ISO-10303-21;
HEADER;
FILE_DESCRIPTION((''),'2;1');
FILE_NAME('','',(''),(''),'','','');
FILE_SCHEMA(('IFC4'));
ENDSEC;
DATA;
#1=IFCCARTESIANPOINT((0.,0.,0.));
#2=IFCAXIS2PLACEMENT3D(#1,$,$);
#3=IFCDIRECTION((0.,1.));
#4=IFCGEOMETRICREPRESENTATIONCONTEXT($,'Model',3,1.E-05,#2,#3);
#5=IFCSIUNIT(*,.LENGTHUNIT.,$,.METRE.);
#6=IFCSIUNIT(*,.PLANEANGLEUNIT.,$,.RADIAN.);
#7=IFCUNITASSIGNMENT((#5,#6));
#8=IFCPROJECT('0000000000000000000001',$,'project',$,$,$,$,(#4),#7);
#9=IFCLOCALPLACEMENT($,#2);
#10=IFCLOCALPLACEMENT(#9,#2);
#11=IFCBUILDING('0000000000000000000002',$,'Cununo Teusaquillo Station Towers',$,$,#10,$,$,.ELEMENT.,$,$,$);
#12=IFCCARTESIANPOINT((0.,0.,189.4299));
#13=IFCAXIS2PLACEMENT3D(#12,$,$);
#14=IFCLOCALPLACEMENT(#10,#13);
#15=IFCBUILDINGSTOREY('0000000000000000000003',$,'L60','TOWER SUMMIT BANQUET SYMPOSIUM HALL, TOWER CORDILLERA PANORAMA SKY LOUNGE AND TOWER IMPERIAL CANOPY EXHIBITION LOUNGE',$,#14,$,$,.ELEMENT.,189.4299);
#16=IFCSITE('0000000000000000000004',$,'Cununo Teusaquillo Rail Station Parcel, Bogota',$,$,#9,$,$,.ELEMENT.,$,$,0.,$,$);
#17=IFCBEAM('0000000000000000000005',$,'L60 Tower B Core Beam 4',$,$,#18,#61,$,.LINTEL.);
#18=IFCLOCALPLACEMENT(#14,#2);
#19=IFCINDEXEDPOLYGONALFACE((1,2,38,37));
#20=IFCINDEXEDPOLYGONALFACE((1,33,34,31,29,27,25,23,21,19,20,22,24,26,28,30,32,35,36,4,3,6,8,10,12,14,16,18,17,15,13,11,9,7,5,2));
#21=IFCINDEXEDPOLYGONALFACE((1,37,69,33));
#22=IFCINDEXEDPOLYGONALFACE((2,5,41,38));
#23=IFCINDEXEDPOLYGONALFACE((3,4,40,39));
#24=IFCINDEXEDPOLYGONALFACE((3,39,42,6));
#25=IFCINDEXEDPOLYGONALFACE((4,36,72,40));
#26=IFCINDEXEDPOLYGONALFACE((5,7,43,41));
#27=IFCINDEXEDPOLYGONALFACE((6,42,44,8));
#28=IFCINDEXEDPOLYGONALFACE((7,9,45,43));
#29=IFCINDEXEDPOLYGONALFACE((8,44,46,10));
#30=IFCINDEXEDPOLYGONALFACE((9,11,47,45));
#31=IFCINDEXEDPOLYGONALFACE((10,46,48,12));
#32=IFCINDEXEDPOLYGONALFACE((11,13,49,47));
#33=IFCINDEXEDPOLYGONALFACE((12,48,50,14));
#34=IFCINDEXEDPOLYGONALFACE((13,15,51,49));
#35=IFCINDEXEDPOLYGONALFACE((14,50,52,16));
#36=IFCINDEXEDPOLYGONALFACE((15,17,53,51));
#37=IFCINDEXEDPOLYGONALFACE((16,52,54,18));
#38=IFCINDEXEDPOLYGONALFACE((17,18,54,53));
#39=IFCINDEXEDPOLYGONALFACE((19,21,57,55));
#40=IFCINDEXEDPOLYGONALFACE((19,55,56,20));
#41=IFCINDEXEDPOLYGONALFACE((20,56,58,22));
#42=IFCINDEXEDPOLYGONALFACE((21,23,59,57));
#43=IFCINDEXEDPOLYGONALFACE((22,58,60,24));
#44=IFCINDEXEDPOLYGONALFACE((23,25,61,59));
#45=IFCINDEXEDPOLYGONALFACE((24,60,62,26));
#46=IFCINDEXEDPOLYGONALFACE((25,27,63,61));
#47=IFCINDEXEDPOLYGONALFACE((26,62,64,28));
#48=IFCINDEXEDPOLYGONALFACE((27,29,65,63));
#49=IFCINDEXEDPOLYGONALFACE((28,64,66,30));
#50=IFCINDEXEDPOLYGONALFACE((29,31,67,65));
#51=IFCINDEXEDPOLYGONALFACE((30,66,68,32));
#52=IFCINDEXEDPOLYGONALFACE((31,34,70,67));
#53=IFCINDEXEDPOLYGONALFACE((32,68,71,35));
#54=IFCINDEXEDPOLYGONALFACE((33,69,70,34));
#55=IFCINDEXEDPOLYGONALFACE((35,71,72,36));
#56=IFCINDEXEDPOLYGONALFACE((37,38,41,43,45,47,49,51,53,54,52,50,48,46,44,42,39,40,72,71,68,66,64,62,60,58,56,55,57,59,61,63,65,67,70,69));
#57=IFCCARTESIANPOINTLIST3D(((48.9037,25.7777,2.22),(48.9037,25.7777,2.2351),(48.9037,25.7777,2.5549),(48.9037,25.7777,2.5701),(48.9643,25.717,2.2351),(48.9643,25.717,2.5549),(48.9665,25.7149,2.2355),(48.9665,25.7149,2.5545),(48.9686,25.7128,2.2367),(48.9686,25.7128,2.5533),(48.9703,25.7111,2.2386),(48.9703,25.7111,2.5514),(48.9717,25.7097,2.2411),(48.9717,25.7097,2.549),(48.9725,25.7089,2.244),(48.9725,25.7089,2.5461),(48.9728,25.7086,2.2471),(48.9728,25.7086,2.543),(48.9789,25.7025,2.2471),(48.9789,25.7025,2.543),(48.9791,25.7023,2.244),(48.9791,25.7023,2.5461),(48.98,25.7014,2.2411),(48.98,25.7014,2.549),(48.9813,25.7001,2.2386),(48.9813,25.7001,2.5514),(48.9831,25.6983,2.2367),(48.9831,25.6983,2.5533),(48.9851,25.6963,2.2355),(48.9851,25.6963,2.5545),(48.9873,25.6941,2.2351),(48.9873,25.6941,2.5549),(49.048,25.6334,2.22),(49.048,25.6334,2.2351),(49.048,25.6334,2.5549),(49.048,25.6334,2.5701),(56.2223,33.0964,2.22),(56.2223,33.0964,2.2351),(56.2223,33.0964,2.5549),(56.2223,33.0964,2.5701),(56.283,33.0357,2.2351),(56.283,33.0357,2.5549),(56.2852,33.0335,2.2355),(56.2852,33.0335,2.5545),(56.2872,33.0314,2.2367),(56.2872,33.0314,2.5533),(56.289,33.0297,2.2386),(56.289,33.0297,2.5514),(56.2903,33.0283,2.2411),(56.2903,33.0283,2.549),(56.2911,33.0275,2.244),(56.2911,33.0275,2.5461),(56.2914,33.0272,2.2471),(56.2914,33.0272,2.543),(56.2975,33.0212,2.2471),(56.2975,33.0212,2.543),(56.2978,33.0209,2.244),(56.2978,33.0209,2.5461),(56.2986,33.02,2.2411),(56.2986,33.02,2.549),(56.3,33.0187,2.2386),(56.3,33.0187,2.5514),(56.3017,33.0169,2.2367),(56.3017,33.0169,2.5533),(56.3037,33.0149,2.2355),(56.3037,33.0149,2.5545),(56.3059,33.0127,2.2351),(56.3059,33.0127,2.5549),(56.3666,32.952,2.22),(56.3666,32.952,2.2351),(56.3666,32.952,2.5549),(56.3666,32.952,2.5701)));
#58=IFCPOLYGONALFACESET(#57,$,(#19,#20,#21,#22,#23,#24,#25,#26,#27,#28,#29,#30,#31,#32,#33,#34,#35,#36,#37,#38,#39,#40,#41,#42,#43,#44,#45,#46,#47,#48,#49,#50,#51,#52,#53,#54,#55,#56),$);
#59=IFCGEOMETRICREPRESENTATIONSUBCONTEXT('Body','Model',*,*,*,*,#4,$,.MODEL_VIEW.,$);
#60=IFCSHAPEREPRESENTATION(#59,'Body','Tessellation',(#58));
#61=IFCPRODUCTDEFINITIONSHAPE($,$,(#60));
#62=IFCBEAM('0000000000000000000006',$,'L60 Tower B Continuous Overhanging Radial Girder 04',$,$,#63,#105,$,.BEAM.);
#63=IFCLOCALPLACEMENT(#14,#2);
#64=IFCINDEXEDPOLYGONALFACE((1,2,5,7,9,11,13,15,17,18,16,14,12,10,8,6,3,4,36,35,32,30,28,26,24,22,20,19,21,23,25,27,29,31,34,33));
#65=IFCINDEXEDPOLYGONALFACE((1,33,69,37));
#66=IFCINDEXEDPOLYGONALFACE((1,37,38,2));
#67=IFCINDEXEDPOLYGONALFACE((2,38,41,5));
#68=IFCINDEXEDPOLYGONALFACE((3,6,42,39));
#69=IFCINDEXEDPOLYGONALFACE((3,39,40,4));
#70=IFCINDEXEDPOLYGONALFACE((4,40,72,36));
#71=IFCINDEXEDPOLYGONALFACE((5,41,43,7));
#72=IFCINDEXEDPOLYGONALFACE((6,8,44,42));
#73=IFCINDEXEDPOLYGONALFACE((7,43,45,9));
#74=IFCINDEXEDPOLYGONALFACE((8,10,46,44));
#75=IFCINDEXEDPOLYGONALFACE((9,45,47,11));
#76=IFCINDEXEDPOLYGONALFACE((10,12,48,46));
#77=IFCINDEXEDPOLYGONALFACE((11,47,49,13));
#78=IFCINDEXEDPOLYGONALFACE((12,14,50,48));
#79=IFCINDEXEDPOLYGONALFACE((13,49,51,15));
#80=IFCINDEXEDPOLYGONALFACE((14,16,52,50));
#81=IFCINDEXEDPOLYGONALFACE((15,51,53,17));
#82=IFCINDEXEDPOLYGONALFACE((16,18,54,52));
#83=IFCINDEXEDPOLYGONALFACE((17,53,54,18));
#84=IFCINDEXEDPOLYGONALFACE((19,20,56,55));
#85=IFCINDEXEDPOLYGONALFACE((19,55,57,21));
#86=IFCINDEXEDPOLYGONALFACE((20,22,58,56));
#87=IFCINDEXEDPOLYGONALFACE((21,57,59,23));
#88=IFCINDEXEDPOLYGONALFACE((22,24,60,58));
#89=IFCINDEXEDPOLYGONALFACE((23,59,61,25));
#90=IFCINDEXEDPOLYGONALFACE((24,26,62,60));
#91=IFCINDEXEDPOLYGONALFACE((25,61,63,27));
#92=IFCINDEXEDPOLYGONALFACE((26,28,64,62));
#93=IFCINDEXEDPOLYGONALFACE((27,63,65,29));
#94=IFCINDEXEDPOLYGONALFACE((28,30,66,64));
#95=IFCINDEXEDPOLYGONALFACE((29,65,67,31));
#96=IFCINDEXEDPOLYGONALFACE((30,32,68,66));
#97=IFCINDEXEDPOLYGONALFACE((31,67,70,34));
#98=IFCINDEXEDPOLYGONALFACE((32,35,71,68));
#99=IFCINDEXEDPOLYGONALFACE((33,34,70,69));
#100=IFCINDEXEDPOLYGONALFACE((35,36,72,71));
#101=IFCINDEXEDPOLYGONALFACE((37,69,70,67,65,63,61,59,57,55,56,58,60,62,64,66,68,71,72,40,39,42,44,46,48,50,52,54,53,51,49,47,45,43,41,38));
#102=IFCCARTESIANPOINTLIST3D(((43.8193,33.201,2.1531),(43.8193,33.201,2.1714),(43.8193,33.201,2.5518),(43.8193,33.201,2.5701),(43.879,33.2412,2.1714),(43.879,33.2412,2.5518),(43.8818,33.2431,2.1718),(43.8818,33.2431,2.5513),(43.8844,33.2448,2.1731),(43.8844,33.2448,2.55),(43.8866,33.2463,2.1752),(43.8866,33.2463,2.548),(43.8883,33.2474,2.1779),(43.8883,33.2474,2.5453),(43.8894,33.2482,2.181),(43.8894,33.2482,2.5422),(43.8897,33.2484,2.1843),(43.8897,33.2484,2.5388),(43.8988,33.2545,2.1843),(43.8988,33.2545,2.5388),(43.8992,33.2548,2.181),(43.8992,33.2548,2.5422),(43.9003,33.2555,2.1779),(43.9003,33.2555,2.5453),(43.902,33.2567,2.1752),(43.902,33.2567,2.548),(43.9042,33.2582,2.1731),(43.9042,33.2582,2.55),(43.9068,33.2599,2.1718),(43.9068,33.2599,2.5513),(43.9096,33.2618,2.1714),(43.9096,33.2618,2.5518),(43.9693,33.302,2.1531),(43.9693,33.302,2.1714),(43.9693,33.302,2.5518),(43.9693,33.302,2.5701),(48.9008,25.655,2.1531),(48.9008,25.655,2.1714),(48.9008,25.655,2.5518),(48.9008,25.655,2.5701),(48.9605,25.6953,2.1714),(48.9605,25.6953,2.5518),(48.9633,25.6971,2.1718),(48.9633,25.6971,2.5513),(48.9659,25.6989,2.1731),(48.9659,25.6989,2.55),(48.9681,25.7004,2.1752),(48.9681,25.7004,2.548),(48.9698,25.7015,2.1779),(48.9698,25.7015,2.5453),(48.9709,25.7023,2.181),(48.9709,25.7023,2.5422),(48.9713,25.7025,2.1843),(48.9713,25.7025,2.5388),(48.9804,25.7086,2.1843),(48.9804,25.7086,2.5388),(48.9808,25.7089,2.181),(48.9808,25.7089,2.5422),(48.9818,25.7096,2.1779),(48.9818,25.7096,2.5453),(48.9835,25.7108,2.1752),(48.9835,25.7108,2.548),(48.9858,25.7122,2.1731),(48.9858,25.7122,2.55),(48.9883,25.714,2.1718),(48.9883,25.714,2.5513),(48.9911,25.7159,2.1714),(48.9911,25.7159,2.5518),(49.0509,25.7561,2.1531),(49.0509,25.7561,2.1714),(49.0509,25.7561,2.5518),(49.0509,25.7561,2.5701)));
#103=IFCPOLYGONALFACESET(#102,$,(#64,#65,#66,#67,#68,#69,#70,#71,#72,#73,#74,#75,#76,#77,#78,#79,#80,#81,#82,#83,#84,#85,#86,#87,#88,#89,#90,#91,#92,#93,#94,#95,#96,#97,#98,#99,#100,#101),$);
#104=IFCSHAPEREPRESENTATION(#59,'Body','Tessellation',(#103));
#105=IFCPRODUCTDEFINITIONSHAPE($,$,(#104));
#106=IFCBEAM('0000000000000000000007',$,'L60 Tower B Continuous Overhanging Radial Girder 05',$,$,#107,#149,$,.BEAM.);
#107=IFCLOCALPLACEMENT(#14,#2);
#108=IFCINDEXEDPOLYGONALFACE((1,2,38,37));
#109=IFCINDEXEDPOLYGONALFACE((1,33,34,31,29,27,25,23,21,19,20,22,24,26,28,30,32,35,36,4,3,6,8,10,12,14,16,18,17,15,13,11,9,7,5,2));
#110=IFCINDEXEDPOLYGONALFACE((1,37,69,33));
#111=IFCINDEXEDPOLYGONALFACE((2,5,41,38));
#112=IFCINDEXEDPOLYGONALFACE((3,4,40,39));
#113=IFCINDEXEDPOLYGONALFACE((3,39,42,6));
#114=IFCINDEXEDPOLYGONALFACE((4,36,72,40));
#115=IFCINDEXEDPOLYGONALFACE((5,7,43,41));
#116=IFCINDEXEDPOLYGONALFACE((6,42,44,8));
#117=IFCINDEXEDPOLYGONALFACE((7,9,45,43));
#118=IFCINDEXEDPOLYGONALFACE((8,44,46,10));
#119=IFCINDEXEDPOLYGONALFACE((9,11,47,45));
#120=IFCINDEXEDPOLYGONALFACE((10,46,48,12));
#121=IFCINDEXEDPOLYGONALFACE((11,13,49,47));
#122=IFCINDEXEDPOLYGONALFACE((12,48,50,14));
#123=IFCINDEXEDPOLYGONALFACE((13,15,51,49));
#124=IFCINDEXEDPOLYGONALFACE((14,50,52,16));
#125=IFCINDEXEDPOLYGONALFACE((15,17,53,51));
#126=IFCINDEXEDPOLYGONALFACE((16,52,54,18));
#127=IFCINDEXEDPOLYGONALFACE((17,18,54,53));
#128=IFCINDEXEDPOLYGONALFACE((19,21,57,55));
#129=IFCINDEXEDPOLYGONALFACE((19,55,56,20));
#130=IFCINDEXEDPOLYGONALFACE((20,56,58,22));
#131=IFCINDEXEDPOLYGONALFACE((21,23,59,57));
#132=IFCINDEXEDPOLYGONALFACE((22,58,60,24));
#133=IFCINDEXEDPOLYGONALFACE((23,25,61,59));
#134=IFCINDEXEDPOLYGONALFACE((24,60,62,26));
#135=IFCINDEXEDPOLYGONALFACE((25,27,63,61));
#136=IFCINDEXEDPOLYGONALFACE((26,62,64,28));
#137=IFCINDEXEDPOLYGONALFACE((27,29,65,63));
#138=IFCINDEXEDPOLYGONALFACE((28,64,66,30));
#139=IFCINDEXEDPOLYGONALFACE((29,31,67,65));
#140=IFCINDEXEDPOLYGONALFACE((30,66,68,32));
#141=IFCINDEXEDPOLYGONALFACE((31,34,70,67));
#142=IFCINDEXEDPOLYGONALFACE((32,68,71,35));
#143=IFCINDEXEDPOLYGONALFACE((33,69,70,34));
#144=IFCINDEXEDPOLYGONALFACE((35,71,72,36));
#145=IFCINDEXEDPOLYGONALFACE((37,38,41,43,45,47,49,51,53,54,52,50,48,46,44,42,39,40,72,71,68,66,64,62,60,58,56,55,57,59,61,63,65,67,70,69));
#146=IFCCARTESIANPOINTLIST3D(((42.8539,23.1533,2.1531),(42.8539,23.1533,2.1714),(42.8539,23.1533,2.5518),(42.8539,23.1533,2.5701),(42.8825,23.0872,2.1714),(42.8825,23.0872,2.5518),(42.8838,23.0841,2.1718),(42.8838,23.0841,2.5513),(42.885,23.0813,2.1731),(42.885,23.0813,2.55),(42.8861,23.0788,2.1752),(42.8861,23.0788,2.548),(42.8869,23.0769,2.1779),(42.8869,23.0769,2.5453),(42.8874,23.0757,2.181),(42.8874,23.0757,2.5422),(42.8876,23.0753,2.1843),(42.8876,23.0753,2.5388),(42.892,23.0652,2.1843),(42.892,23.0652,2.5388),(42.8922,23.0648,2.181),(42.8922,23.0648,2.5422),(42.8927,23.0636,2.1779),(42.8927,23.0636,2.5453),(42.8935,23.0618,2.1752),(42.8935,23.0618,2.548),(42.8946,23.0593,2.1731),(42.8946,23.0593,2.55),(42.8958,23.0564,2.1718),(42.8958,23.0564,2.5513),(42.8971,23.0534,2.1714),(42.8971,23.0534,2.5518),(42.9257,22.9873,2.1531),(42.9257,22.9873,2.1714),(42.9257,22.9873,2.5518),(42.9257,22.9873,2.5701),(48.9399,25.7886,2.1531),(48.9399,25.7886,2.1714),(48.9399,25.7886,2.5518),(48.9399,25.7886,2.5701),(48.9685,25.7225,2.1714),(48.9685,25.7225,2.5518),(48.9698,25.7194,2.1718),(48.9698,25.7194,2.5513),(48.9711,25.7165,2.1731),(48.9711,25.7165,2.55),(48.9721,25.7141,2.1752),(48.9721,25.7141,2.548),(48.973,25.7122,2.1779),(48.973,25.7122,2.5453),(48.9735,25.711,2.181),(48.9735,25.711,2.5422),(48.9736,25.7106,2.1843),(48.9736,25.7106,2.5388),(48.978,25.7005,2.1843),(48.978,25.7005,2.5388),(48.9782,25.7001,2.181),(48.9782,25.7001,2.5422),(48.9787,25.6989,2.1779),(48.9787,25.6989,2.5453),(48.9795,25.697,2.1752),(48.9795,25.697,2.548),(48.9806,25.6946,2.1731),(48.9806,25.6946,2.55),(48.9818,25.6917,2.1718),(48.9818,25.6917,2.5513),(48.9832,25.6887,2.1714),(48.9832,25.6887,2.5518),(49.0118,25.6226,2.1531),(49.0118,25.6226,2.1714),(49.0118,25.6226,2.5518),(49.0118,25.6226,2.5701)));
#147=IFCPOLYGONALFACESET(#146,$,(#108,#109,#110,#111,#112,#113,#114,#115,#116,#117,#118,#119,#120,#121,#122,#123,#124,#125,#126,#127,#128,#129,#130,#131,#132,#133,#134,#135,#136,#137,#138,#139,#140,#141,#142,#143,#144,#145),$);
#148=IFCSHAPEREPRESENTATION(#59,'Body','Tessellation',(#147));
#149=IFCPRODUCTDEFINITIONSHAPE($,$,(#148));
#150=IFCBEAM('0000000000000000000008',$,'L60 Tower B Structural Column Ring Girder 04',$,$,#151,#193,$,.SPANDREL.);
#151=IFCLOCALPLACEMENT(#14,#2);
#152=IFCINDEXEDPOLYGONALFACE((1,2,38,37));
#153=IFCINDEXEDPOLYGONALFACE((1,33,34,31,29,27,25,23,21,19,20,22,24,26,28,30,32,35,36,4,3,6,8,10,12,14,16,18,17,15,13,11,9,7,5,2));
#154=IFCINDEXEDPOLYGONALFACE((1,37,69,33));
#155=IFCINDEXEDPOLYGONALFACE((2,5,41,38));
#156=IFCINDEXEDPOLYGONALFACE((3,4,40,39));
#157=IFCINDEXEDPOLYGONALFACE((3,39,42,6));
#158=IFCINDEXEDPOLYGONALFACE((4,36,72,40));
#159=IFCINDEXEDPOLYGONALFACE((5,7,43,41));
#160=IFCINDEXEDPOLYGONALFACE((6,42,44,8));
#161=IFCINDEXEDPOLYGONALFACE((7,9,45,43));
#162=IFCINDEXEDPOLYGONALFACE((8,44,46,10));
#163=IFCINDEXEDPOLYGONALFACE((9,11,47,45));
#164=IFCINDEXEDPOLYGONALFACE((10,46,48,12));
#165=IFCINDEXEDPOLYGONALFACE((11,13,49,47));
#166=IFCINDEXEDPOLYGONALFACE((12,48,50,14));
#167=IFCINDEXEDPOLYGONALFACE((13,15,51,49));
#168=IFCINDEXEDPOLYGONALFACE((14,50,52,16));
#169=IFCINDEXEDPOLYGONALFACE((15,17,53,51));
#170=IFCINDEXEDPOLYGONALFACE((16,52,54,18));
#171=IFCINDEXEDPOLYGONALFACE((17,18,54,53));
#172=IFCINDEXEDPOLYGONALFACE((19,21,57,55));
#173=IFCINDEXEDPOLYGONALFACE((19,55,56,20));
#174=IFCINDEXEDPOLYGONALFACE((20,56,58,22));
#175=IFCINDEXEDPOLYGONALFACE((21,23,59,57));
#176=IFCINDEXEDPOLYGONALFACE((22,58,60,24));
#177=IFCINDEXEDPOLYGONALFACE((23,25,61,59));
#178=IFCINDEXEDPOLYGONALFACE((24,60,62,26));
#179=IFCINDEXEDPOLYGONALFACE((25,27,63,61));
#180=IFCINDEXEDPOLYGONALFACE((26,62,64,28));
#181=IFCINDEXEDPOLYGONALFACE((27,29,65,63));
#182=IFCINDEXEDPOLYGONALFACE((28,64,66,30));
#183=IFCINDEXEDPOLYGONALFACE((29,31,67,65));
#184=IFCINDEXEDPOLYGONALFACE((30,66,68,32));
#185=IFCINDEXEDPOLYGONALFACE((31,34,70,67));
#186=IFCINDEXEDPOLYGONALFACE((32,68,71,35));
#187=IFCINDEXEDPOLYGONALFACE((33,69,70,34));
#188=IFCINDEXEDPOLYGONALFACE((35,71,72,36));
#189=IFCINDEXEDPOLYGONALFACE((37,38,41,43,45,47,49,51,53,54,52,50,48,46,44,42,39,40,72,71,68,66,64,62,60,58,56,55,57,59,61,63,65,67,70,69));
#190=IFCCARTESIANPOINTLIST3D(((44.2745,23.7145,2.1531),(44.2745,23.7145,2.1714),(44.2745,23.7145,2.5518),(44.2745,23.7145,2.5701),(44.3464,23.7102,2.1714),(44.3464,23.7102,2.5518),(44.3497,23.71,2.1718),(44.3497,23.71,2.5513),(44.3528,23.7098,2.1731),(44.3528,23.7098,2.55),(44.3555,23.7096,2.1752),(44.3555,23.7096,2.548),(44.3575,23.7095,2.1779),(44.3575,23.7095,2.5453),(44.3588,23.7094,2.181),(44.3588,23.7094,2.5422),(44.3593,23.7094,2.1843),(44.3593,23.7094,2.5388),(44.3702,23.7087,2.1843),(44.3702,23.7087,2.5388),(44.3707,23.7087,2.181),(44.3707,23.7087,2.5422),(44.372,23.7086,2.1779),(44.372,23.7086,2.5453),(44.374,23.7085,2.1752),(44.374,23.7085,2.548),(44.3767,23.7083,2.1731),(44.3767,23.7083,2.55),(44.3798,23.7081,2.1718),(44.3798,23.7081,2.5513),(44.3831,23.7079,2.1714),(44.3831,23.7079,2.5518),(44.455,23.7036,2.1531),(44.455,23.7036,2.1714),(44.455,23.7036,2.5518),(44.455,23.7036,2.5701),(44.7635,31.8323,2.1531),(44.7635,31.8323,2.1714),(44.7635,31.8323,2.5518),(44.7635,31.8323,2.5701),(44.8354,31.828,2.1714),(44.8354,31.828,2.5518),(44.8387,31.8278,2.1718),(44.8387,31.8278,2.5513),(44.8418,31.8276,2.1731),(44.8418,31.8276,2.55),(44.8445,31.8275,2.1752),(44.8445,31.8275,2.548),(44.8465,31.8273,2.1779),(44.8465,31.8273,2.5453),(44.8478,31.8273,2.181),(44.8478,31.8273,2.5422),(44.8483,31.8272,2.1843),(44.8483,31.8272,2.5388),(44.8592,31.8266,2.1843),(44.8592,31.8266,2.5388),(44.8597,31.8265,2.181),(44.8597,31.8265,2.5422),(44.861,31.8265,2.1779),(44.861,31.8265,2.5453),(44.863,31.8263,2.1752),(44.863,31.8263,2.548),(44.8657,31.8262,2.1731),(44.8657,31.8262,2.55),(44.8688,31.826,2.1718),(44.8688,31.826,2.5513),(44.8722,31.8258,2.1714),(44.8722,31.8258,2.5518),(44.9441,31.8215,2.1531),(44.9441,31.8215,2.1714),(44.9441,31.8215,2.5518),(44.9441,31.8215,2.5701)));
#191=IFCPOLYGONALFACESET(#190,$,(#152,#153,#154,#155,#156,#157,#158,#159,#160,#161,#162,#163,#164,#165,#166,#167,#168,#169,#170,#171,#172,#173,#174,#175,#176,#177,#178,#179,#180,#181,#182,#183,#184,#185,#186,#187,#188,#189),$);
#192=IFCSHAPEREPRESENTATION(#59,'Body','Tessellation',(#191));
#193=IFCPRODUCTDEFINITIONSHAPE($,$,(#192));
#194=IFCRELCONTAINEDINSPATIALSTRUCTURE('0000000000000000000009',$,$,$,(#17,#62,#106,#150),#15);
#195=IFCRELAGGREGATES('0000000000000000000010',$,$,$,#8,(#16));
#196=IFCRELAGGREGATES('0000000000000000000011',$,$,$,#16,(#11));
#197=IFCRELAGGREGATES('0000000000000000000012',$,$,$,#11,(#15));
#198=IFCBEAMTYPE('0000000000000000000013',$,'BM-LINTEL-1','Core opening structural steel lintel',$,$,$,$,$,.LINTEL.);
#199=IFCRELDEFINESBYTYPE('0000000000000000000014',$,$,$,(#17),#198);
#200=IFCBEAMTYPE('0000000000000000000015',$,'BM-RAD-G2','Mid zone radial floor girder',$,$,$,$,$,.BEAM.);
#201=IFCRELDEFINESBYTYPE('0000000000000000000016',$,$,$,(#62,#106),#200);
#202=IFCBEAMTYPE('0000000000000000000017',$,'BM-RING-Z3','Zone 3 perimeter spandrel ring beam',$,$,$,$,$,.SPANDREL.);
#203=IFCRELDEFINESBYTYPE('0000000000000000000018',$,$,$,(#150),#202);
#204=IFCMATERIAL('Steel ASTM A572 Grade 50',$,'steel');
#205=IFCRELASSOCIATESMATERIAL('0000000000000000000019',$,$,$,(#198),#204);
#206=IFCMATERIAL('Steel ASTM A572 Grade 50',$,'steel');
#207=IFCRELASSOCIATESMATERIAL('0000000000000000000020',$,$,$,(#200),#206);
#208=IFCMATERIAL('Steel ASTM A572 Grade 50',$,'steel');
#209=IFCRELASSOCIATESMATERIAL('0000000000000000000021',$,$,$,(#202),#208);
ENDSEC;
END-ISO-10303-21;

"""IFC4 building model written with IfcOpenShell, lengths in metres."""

from ifc_helpers import new_model, si_unit, direction, frame, origin, origin_2d, place, context, subcontext, project, spatial, i_section, extrude, material, material_profile, profile_set, type_object, element, save


model = new_model("IFC4")

# Units and contexts
model_context = context("Model", 3, precision=1e-05, world=origin(), true_north=direction((0.0, 1.0)))
body_context = subcontext(model_context, "Body", "Model", "MODEL_VIEW")
ifc_project = project(units=[si_unit("LENGTHUNIT", "METRE"), si_unit("PLANEANGLEUNIT", "RADIAN")], contexts=[model_context])

# Site, building, storey
site_placement = place(None, origin())
site = spatial("IfcSite", under=ifc_project, at=site_placement, Name="Cununo Teusaquillo Rail Station Parcel, Bogota", CompositionType="ELEMENT", RefElevation=0.0)
building_placement = place(site_placement, origin())
building = spatial("IfcBuilding", under=site, at=building_placement, Name="Cununo Teusaquillo Station Towers", CompositionType="ELEMENT")
storey_placement = place(building_placement, frame((0.0, 0.0, 189.4299)))
storey = spatial("IfcBuildingStorey", under=building, at=storey_placement, Name="L60", Description="TOWER SUMMIT BANQUET SYMPOSIUM HALL, TOWER CORDILLERA PANORAMA SKY LOUNGE AND TOWER IMPERIAL CANOPY EXHIBITION LOUNGE", CompositionType="ELEMENT", Elevation=189.4299)

# Beams
ifc_material_1 = material(Name="Steel ASTM A572 Grade 50", Category="steel")
ifc_material_profile_1 = material_profile(ifc_material_1, i_section(OverallWidth=0.2041, OverallDepth=0.3501, WebThickness=0.0085, FlangeThickness=0.0151, FilletRadius=0.012, at=origin_2d()), Name="W14X48")
ifc_profile_set_1 = profile_set([ifc_material_profile_1], Name="Steel ASTM A572 Grade 50")
beam_type_1 = type_object("IfcBeamType", Name="BM-LINTEL-1", Description="Core opening structural steel lintel", PredefinedType="LINTEL", material=ifc_profile_set_1)
beam_1_placement = place(storey_placement, frame((48.9758, 25.7056, 2.395), z_axis=(0.707107, 0.707107, 0.0), x_axis=(-0.707107, 0.707107, 0.0)))
element("IfcBeam", 1, at=beam_1_placement, inside=storey, type_object=beam_type_1, Name="L60 Tower B Core Beam 4", PredefinedType="LINTEL", context=body_context, shape_type="SweptSolid", body=[
    extrude(i_section(OverallWidth=0.2041, OverallDepth=0.3501, WebThickness=0.0085, FlangeThickness=0.0151, FilletRadius=0.012, at=origin_2d()), origin(), (0.0, 0.0, 1.0), 10.3501),
])
ifc_material_2 = material(Name="Steel ASTM A572 Grade 50", Category="steel")
ifc_material_profile_2 = material_profile(ifc_material_2, i_section(OverallWidth=0.1809, OverallDepth=0.417, WebThickness=0.011, FlangeThickness=0.0183, FilletRadius=0.0129, at=origin_2d()), Name="W16X57")
ifc_profile_set_2 = profile_set([ifc_material_profile_2], Name="Steel ASTM A572 Grade 50")
beam_type_2 = type_object("IfcBeamType", Name="BM-RAD-G2", Description="Mid zone radial floor girder", PredefinedType="BEAM", material=ifc_profile_set_2)
beam_2_placement = place(storey_placement, frame((48.9758, 25.7056, 2.3616), z_axis=(-0.558571, 0.829457, 0.0), x_axis=(-0.829457, -0.558571, 0.0)))
element("IfcBeam", 2, at=beam_2_placement, inside=storey, type_object=beam_type_2, Name="L60 Tower B Continuous Overhanging Radial Girder 04", PredefinedType="BEAM", context=body_context, shape_type="SweptSolid", body=[
    extrude(i_section(OverallWidth=0.1809, OverallDepth=0.417, WebThickness=0.011, FlangeThickness=0.0183, FilletRadius=0.0129, at=origin_2d()), origin(), (0.0, 0.0, 1.0), 9.0974),
])
beam_3_placement = place(storey_placement, frame((48.9758, 25.7056, 2.3616), z_axis=(-0.917665, -0.397355, 0.0), x_axis=(0.397355, -0.917665, 0.0)))
element("IfcBeam", 3, at=beam_3_placement, inside=storey, type_object=beam_type_2, Name="L60 Tower B Continuous Overhanging Radial Girder 05", PredefinedType="BEAM", context=body_context, shape_type="SweptSolid", body=[
    extrude(i_section(OverallWidth=0.1809, OverallDepth=0.417, WebThickness=0.011, FlangeThickness=0.0183, FilletRadius=0.0129, at=origin_2d()), origin(), (0.0, 0.0, 1.0), 6.6321),
])
ifc_material_3 = material(Name="Steel ASTM A572 Grade 50", Category="steel")
ifc_material_profile_3 = material_profile(ifc_material_3, i_section(OverallWidth=0.1809, OverallDepth=0.417, WebThickness=0.011, FlangeThickness=0.0183, FilletRadius=0.0129, at=origin_2d()), Name="W16X57")
ifc_profile_set_3 = profile_set([ifc_material_profile_3], Name="Steel ASTM A572 Grade 50")
beam_type_3 = type_object("IfcBeamType", Name="BM-RING-Z3", Description="Zone 3 perimeter spandrel ring beam", PredefinedType="SPANDREL", material=ifc_profile_set_3)
beam_4_placement = place(storey_placement, frame((44.8538, 31.8269, 2.3616), z_axis=(-0.06013, -0.998191, 0.0), x_axis=(0.998191, -0.06013, 0.0)))
element("IfcBeam", 4, at=beam_4_placement, inside=storey, type_object=beam_type_3, Name="L60 Tower B Structural Column Ring Girder 04", PredefinedType="SPANDREL", context=body_context, shape_type="SweptSolid", body=[
    extrude(i_section(OverallWidth=0.1809, OverallDepth=0.417, WebThickness=0.011, FlangeThickness=0.0183, FilletRadius=0.0129, at=origin_2d()), origin(), (0.0, 0.0, 1.0), 8.1326),
])

save(model, "model.ifc")
